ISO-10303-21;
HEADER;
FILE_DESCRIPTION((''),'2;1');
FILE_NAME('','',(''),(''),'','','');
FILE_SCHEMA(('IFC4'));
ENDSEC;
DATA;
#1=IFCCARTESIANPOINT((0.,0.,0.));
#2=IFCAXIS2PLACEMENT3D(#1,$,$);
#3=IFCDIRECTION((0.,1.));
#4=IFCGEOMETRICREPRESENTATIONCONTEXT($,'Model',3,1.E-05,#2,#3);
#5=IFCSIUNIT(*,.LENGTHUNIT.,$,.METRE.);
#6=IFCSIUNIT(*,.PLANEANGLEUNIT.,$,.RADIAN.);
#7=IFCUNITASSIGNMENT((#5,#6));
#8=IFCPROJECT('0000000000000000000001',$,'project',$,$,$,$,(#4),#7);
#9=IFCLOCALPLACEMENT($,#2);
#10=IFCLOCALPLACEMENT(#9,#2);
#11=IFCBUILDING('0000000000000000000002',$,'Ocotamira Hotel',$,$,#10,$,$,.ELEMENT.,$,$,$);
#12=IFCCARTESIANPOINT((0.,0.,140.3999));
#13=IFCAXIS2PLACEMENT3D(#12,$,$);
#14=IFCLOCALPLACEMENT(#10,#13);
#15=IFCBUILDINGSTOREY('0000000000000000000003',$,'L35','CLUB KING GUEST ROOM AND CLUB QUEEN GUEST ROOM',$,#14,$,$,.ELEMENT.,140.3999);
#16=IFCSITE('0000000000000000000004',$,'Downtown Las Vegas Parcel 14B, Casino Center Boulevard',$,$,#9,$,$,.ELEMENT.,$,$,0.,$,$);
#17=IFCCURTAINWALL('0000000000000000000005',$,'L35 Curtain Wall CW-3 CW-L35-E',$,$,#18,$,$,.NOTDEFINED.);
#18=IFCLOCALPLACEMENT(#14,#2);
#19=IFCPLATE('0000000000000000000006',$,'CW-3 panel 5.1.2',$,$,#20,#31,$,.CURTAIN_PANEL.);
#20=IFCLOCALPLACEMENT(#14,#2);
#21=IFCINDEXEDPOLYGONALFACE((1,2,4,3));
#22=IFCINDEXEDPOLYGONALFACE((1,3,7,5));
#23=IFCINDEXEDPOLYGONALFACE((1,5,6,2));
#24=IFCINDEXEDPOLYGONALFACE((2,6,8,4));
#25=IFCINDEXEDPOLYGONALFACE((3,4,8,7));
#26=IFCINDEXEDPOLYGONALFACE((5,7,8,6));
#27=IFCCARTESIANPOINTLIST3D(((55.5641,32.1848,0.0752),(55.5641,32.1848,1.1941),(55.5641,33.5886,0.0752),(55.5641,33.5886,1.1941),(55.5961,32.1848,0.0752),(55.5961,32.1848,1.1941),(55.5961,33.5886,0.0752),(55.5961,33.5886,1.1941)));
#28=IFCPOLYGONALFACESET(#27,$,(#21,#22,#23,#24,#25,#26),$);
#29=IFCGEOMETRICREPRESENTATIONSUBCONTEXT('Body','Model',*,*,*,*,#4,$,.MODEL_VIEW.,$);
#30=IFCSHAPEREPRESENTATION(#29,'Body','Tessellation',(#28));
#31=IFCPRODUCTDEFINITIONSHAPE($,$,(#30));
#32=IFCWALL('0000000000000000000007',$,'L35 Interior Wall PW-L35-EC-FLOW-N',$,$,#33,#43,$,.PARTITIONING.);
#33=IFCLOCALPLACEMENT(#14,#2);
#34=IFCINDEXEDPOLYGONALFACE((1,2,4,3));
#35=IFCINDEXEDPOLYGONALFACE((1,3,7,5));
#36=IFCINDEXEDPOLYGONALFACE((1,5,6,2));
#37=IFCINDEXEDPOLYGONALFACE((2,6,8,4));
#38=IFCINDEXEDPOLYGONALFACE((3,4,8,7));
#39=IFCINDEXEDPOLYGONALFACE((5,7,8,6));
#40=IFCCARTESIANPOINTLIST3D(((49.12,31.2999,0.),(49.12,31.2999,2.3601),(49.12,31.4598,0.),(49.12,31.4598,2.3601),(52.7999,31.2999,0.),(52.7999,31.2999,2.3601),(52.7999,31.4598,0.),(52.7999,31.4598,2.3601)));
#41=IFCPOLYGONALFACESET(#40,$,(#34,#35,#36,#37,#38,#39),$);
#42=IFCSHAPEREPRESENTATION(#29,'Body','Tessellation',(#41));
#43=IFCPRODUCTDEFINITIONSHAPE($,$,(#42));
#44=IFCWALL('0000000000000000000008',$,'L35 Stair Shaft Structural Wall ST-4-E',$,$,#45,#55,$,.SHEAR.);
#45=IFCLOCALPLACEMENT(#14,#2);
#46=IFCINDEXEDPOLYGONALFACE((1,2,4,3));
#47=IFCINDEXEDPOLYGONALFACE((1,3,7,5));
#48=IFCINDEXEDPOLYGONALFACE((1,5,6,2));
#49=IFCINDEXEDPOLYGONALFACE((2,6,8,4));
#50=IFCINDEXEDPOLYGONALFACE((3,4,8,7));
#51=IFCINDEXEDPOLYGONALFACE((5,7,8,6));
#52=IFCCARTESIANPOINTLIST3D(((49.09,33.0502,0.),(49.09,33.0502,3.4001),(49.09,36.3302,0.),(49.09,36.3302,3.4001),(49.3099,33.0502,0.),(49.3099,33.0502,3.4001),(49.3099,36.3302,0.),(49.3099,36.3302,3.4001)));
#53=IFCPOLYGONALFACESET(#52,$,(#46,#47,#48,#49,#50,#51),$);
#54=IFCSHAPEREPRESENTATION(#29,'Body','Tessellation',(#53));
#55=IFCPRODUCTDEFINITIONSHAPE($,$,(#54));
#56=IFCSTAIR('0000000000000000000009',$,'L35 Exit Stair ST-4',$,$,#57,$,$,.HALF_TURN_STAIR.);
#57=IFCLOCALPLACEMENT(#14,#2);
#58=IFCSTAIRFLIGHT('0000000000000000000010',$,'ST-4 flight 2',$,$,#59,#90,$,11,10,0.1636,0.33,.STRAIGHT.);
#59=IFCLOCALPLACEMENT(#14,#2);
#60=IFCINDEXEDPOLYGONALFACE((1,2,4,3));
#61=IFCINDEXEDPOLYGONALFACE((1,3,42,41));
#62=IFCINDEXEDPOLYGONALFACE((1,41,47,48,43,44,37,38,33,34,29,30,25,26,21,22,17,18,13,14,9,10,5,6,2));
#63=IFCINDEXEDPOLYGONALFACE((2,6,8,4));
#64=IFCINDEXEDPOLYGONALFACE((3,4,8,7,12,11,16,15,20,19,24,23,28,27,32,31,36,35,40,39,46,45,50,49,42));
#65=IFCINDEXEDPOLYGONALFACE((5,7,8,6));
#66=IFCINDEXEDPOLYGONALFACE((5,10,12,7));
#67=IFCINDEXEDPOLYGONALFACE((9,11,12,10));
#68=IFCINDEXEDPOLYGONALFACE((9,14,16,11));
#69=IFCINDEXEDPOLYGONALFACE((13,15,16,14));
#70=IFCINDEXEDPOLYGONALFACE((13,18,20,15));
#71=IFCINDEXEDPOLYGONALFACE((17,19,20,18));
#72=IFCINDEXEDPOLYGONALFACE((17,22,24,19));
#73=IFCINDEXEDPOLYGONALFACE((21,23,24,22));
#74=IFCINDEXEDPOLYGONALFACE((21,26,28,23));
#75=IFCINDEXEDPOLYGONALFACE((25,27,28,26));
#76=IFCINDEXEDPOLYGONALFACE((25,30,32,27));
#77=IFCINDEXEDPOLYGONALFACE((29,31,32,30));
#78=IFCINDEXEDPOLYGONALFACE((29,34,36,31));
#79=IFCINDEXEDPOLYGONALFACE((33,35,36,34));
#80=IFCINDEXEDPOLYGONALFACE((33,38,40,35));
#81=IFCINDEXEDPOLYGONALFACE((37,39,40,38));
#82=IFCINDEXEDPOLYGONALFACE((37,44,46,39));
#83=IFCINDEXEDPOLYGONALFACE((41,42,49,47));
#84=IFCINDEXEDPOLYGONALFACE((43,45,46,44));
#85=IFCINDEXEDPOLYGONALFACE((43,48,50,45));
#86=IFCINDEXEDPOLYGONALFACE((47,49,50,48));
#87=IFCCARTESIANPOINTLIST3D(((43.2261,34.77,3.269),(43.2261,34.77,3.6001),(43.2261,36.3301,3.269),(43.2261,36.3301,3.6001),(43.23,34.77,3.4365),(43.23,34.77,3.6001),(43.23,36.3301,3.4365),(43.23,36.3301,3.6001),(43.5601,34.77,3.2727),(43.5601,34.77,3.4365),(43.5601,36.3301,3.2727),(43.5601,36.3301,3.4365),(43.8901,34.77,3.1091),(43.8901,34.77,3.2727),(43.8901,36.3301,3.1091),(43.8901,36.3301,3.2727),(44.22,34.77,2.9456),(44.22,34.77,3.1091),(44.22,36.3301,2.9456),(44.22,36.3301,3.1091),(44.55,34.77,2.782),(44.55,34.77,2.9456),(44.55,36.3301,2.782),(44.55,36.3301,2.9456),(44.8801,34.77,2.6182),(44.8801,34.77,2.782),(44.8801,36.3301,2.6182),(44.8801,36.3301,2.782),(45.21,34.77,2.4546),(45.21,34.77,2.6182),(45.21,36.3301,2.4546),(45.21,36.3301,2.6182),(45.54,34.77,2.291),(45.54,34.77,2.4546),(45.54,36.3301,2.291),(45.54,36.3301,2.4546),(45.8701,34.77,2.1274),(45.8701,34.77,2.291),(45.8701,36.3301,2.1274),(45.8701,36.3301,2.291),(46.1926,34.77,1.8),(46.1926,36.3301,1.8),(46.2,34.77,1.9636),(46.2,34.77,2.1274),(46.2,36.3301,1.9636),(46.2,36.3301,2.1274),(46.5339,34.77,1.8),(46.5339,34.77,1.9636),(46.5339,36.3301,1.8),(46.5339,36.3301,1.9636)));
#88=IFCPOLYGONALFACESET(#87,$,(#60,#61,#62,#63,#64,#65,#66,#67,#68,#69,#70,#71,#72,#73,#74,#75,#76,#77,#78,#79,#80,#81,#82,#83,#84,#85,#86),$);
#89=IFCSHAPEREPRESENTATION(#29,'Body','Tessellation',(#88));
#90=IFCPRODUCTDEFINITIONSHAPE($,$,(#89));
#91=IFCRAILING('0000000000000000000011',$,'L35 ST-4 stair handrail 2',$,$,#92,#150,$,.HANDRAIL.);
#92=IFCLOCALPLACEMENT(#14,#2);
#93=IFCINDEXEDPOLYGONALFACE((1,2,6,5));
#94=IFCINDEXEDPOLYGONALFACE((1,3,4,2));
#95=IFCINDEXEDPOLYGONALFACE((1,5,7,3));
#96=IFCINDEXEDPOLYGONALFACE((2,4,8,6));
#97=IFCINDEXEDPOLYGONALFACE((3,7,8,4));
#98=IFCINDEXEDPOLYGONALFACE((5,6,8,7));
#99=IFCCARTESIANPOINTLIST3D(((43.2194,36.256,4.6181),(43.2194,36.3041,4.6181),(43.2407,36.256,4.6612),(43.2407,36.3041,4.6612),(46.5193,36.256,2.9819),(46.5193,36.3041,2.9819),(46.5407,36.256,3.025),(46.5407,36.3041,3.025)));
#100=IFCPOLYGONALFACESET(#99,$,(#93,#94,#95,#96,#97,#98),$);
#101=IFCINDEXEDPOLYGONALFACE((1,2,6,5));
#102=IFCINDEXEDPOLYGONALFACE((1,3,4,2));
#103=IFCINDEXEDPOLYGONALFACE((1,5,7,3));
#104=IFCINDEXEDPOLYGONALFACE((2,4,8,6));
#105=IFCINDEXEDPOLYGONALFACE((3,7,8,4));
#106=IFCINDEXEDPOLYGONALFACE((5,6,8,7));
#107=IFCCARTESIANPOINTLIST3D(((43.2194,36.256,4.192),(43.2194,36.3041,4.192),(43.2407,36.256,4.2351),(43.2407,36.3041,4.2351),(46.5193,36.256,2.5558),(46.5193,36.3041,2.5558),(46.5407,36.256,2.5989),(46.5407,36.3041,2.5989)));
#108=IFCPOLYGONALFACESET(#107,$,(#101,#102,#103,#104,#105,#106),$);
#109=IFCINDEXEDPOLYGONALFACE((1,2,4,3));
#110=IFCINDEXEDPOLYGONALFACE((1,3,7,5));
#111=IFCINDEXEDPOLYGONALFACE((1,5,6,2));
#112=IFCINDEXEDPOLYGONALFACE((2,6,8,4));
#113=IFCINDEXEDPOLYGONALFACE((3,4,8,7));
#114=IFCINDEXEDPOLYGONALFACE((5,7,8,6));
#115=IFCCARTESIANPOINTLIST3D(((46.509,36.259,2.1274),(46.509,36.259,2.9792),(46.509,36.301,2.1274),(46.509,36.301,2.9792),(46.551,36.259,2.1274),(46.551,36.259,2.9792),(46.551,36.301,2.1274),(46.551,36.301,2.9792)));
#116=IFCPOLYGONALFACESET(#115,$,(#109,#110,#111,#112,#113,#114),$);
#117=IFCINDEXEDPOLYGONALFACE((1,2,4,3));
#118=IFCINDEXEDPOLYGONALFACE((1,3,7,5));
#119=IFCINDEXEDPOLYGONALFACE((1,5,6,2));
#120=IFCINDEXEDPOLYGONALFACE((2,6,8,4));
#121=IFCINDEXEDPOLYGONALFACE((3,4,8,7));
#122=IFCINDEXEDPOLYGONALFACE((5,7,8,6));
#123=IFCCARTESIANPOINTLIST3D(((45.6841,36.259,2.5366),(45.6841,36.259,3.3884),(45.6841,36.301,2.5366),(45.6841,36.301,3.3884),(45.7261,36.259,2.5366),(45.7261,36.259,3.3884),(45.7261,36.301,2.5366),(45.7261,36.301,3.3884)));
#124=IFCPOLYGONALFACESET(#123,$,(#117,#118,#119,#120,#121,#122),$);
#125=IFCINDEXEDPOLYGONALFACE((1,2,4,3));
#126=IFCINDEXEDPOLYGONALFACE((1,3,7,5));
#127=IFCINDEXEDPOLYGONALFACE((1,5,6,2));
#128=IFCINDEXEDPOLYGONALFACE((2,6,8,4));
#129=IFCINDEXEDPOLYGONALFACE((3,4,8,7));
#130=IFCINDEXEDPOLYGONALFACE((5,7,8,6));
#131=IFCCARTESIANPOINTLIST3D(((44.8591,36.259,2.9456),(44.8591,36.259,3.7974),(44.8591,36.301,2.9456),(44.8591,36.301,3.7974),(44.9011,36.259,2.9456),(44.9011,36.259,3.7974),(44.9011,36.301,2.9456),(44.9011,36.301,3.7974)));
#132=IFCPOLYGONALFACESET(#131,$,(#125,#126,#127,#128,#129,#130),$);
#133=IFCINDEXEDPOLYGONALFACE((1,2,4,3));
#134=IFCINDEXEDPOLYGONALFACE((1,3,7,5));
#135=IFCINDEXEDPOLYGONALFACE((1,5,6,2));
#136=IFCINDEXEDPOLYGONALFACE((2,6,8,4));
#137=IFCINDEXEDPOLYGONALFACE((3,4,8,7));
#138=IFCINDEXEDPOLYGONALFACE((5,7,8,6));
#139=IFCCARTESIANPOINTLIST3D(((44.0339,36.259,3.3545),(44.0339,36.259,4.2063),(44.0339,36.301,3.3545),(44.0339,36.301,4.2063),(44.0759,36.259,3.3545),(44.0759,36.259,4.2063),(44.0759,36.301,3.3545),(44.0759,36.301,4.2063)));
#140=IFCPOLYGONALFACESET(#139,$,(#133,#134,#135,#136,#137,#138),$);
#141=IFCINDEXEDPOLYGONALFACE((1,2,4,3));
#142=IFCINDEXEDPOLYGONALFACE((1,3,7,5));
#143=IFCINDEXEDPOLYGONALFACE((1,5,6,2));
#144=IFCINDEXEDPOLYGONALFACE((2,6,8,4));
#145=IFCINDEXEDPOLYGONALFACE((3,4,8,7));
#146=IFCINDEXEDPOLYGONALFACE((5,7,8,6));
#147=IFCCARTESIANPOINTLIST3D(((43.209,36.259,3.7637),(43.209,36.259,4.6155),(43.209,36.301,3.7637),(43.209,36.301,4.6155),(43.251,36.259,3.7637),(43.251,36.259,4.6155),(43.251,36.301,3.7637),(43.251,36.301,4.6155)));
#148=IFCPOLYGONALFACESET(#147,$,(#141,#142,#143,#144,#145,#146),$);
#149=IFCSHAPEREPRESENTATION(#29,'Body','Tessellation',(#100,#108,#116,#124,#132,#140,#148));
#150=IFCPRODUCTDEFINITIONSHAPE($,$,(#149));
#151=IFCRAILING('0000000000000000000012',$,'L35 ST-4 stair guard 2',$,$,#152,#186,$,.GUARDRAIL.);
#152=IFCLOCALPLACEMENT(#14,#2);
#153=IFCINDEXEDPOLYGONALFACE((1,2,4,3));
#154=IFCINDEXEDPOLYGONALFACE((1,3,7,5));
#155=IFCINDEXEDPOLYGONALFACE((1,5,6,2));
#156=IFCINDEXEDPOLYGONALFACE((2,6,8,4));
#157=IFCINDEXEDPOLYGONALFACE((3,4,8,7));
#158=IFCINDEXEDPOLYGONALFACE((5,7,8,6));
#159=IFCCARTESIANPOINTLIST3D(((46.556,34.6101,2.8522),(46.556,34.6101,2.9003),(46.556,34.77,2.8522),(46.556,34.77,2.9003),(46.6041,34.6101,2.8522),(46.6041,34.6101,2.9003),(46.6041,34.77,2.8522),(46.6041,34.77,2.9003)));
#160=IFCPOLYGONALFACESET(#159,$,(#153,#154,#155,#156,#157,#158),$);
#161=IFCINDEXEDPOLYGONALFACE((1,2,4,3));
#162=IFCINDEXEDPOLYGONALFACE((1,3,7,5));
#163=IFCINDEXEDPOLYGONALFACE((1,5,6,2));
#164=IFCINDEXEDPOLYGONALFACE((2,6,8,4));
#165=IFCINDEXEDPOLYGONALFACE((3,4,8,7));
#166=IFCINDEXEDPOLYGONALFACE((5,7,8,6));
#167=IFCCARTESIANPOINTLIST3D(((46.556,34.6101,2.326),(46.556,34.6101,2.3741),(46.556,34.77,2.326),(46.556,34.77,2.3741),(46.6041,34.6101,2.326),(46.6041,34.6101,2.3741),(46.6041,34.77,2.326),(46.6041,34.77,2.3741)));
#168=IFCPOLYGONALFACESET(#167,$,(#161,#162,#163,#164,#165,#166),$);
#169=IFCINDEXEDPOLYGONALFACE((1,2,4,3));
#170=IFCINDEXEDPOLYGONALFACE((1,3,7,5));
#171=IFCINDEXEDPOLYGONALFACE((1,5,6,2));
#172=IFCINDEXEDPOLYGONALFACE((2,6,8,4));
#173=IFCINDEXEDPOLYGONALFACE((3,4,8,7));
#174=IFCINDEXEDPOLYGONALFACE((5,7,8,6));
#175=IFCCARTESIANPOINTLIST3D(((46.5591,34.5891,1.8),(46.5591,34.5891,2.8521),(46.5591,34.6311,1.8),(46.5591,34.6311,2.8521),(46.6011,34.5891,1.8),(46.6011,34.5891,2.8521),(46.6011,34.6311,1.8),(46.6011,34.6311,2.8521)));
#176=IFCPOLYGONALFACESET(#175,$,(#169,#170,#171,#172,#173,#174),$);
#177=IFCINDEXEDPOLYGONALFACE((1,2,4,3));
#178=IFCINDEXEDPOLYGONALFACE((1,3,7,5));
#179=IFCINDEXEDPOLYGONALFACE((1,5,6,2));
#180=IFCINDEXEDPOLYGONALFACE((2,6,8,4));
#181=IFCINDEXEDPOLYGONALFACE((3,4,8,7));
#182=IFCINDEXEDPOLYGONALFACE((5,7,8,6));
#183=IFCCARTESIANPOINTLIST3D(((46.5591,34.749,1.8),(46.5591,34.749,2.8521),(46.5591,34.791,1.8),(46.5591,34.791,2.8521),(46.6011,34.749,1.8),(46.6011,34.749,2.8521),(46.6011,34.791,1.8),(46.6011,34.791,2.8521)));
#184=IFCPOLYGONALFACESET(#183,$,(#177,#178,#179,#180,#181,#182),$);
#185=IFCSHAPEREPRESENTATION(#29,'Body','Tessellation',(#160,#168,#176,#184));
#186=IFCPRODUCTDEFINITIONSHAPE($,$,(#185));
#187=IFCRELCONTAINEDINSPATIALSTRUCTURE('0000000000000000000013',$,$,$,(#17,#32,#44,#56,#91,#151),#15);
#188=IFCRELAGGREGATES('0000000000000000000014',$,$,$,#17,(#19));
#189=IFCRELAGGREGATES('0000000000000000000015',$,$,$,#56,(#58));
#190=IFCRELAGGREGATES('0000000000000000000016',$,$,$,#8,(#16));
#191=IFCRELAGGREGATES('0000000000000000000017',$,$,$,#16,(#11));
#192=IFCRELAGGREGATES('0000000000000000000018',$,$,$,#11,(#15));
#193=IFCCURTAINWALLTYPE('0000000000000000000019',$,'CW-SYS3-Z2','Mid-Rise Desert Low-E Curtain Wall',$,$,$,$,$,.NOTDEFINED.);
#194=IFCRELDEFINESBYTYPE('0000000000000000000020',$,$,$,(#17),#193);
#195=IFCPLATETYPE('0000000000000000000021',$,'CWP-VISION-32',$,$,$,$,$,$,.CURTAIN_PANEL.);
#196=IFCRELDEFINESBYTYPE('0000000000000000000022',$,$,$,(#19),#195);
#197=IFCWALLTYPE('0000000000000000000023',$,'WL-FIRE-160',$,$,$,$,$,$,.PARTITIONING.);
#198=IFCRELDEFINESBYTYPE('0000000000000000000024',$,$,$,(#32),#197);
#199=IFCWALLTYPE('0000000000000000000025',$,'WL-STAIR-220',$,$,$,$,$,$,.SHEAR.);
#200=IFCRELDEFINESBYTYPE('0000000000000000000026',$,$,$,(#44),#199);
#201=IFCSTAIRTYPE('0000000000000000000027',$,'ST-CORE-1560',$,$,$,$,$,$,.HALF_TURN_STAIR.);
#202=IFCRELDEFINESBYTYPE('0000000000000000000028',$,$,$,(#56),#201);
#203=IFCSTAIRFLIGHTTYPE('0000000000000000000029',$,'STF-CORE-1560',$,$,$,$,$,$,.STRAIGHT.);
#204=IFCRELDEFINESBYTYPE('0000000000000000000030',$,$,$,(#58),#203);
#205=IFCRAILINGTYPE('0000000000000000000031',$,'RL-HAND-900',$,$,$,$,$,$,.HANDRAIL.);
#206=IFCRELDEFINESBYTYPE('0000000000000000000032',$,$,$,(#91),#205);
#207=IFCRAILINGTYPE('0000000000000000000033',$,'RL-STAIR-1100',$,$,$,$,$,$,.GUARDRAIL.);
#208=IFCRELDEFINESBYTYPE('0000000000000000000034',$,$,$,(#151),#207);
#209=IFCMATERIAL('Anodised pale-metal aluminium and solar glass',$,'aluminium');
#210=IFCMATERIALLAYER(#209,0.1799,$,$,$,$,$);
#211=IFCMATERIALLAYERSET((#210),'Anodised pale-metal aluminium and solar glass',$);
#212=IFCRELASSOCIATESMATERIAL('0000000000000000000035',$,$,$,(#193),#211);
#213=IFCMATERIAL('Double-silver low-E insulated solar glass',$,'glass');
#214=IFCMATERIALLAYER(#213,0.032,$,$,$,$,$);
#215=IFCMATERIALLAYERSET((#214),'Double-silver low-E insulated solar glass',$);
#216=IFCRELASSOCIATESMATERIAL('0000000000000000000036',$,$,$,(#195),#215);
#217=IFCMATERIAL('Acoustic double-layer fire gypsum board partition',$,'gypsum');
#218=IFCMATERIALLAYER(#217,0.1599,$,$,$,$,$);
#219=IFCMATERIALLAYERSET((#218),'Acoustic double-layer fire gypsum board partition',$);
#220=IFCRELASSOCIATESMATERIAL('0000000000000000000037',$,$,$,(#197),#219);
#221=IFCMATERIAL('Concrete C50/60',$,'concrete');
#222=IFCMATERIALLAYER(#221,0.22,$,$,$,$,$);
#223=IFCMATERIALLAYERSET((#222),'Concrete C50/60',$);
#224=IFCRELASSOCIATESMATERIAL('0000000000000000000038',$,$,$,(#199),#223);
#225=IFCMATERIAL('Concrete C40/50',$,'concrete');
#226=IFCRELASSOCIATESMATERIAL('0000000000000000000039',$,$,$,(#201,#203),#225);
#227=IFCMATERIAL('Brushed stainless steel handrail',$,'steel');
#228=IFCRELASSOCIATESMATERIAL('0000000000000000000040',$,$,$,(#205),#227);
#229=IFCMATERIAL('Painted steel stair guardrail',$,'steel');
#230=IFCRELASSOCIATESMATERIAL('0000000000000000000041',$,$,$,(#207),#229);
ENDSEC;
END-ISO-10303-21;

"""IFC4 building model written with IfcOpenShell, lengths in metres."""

from ifc_helpers import new_model, si_unit, direction, frame, frame_2d, origin, origin_2d, place, context, subcontext, project, spatial, polyline, rectangle, outline, extrude, source, transform, mapped, material, layer, layer_set, type_object, element, aggregate, save


model = new_model("IFC4")

# Units and contexts
model_context = context("Model", 3, precision=1e-05, world=origin(), true_north=direction((0.0, 1.0)))
body_context = subcontext(model_context, "Body", "Model", "MODEL_VIEW")
ifc_project = project(units=[si_unit("LENGTHUNIT", "METRE"), si_unit("PLANEANGLEUNIT", "RADIAN")], contexts=[model_context])

# Site, building, storey
site_placement = place(None, origin())
site = spatial("IfcSite", under=ifc_project, at=site_placement, Name="Downtown Las Vegas Parcel 14B, Casino Center Boulevard", CompositionType="ELEMENT", RefElevation=0.0)
building_placement = place(site_placement, origin())
building = spatial("IfcBuilding", under=site, at=building_placement, Name="Ocotamira Hotel", CompositionType="ELEMENT")
storey_placement = place(building_placement, frame((0.0, 0.0, 140.3999)))
storey = spatial("IfcBuildingStorey", under=building, at=storey_placement, Name="L35", Description="CLUB KING GUEST ROOM AND CLUB QUEEN GUEST ROOM", CompositionType="ELEMENT", Elevation=140.3999)

# Curtain wall
ifc_material_1 = material(Name="Anodised pale-metal aluminium and solar glass", Category="aluminium")
ifc_layer_1 = layer(ifc_material_1, 0.1799)
ifc_layer_set_1 = layer_set([ifc_layer_1], Name="Anodised pale-metal aluminium and solar glass")
curtain_wall_type = type_object("IfcCurtainWallType", Name="CW-SYS3-Z2", Description="Mid-Rise Desert Low-E Curtain Wall", PredefinedType="NOTDEFINED", material=ifc_layer_set_1)
curtain_wall_placement = place(storey_placement, origin())
curtain_wall = element("IfcCurtainWall", 1, at=curtain_wall_placement, inside=storey, type_object=curtain_wall_type, Name="L35 Curtain Wall CW-3 CW-L35-E", PredefinedType="NOTDEFINED")

# Plate
ifc_material_2 = material(Name="Double-silver low-E insulated solar glass", Category="glass")
ifc_layer_2 = layer(ifc_material_2, 0.032)
ifc_layer_set_2 = layer_set([ifc_layer_2], Name="Double-silver low-E insulated solar glass")
plate_type_1 = type_object("IfcPlateType", Name="CWP-VISION-32", PredefinedType="CURTAIN_PANEL", material=ifc_layer_set_2)
shared_shape_1 = source(origin(), body_context, "Body", "SweptSolid", [
    extrude(rectangle(XDim=1.4038, YDim=0.032, at=origin_2d()), origin(), (0.0, 0.0, 1.0), 1.1189),
])
plate_1_placement = place(storey_placement, frame((55.5801, 32.8867, 0.0752), z_axis=(0.0, 0.0, 1.0), x_axis=(0.0, 1.0, 0.0)))
plate_1 = element("IfcPlate", 2, at=plate_1_placement, type_object=plate_type_1, Name="CW-3 panel 5.1.2", PredefinedType="CURTAIN_PANEL", context=body_context, shape_type="MappedRepresentation", body=[
    mapped(shared_shape_1, transform((0.0, 0.0, 0.0), scale=1.0)),
])
aggregate(curtain_wall, [plate_1])

# Wall
ifc_material_3 = material(Name="Acoustic double-layer fire gypsum board partition", Category="gypsum")
ifc_layer_3 = layer(ifc_material_3, 0.1599)
ifc_layer_set_3 = layer_set([ifc_layer_3], Name="Acoustic double-layer fire gypsum board partition")
wall_type_1 = type_object("IfcWallType", Name="WL-FIRE-160", PredefinedType="PARTITIONING", material=ifc_layer_set_3)
wall_1_placement = place(storey_placement, frame((49.1201, 31.3799, 0.0), z_axis=(0.0, 0.0, 1.0), x_axis=(1.0, 0.0, 0.0)))
element("IfcWall", 3, at=wall_1_placement, inside=storey, type_object=wall_type_1, Name="L35 Interior Wall PW-L35-EC-FLOW-N", PredefinedType="PARTITIONING", context=body_context, shape_type="SweptSolid", body=[
    extrude(rectangle(XDim=3.6799, YDim=0.1599, at=frame_2d((1.8398, 0.0))), origin(), (0.0, 0.0, 1.0), 2.3601),
])

# Wall
ifc_material_4 = material(Name="Concrete C50/60", Category="concrete")
ifc_layer_4 = layer(ifc_material_4, 0.22)
ifc_layer_set_4 = layer_set([ifc_layer_4], Name="Concrete C50/60")
wall_type_2 = type_object("IfcWallType", Name="WL-STAIR-220", PredefinedType="SHEAR", material=ifc_layer_set_4)
wall_2_placement = place(storey_placement, frame((49.2, 33.05, 0.0), z_axis=(0.0, 0.0, 1.0), x_axis=(0.0, 1.0, 0.0)))
element("IfcWall", 4, at=wall_2_placement, inside=storey, type_object=wall_type_2, Name="L35 Stair Shaft Structural Wall ST-4-E", PredefinedType="SHEAR", context=body_context, shape_type="SweptSolid", body=[
    extrude(rectangle(XDim=3.28, YDim=0.22, at=frame_2d((1.6401, 0.0))), origin(), (0.0, 0.0, 1.0), 3.4001),
])

# Stair, stair flight
ifc_material_5 = material(Name="Concrete C40/50", Category="concrete")
stair_type = type_object("IfcStairType", Name="ST-CORE-1560", PredefinedType="HALF_TURN_STAIR", material=ifc_material_5)
stair_placement = place(storey_placement, origin())
stair = element("IfcStair", 5, at=stair_placement, inside=storey, type_object=stair_type, Name="L35 Exit Stair ST-4", PredefinedType="HALF_TURN_STAIR")
stair_flight_type = type_object("IfcStairFlightType", Name="STF-CORE-1560", PredefinedType="STRAIGHT", material=ifc_material_5)
shared_shape_2 = source(origin(), body_context, "Body", "SweptSolid", [
    extrude(outline(polyline([(-0.0039, 0.0), (-0.0039, 0.1636), (0.3301, 0.1636), (0.3301, 0.3274), (0.6599, 0.3274), (0.6599, 0.491), (0.99, 0.491), (0.99, 0.6545), (1.3201, 0.6545), (1.3201, 0.8181), (1.6499, 0.8181), (1.6499, 0.9819), (1.98, 0.9819), (1.98, 1.1455), (2.3101, 1.1455), (2.3101, 1.3091), (2.6399, 1.3091), (2.6399, 1.4727), (2.97, 1.4727), (2.97, 1.6365), (3.3, 1.6365), (3.3, 1.8), (3.304, 1.8), (3.304, 1.469), (0.3374, 0.0), (-0.0039, 0.0)])), frame((0.0, 0.78, 0.0), z_axis=(0.0, -1.0, 0.0), x_axis=(1.0, 0.0, 0.0)), (0.0, 0.0, 1.0), 1.5601),
])
stair_flight_placement = place(storey_placement, frame((46.53, 35.55, 1.8), z_axis=(0.0, 0.0, 1.0), x_axis=(-1.0, 0.0, 0.0)))
stair_flight = element("IfcStairFlight", 6, at=stair_flight_placement, type_object=stair_flight_type, Name="ST-4 flight 2", NumberOfRisers=11, NumberOfTreads=10, PredefinedType="STRAIGHT", RiserHeight=0.1636, TreadLength=0.33, context=body_context, shape_type="MappedRepresentation", body=[
    mapped(shared_shape_2, transform((0.0, 0.0, 0.0), scale=1.0)),
])
aggregate(stair, [stair_flight])

# Railings
ifc_material_6 = material(Name="Brushed stainless steel handrail", Category="steel")
railing_type_1 = type_object("IfcRailingType", Name="RL-HAND-900", PredefinedType="HANDRAIL", material=ifc_material_6)
railing_1_placement = place(storey_placement, frame((46.53, 36.28, 2.1274)))
element("IfcRailing", 7, at=railing_1_placement, inside=storey, type_object=railing_type_1, Name="L35 ST-4 stair handrail 2", PredefinedType="HANDRAIL", context=body_context, shape_type="SweptSolid", body=[
    extrude(rectangle(XDim=0.0481, YDim=0.0481, at=origin_2d()), frame((0.0, 0.0, 0.876), z_axis=(-0.89592, 0.0, 0.444215), x_axis=(0.0, -1.0, 0.0)), (0.0, 0.0, 1.0), 3.6833),
    extrude(rectangle(XDim=0.0481, YDim=0.0481, at=origin_2d()), frame((0.0, 0.0, 0.45), z_axis=(-0.89592, 0.0, 0.444215), x_axis=(0.0, -1.0, 0.0)), (0.0, 0.0, 1.0), 3.6833),
    extrude(rectangle(XDim=0.042, YDim=0.042, at=origin_2d()), origin(), (0.0, 0.0, 1.0), 0.8518),
    extrude(rectangle(XDim=0.042, YDim=0.042, at=origin_2d()), frame((-0.825, 0.0, 0.4092)), (0.0, 0.0, 1.0), 0.8518),
    extrude(rectangle(XDim=0.042, YDim=0.042, at=origin_2d()), frame((-1.6499, 0.0, 0.8181)), (0.0, 0.0, 1.0), 0.8518),
    extrude(rectangle(XDim=0.042, YDim=0.042, at=origin_2d()), frame((-2.4751, 0.0, 1.2271)), (0.0, 0.0, 1.0), 0.8518),
    extrude(rectangle(XDim=0.042, YDim=0.042, at=origin_2d()), frame((-3.3, 0.0, 1.6362)), (0.0, 0.0, 1.0), 0.8518),
])
ifc_material_7 = material(Name="Painted steel stair guardrail", Category="steel")
railing_type_2 = type_object("IfcRailingType", Name="RL-STAIR-1100", PredefinedType="GUARDRAIL", material=ifc_material_7)
railing_2_placement = place(storey_placement, frame((46.5801, 34.6101, 1.8)))
element("IfcRailing", 8, at=railing_2_placement, inside=storey, type_object=railing_type_2, Name="L35 ST-4 stair guard 2", PredefinedType="GUARDRAIL", context=body_context, shape_type="SweptSolid", body=[
    extrude(rectangle(XDim=0.0481, YDim=0.0481, at=origin_2d()), frame((0.0, 0.0, 1.0762), z_axis=(0.0, 1.0, 0.0), x_axis=(-1.0, 0.0, 0.0)), (0.0, 0.0, 1.0), 0.1599),
    extrude(rectangle(XDim=0.0481, YDim=0.0481, at=origin_2d()), frame((0.0, 0.0, 0.55), z_axis=(0.0, 1.0, 0.0), x_axis=(-1.0, 0.0, 0.0)), (0.0, 0.0, 1.0), 0.1599),
    extrude(rectangle(XDim=0.042, YDim=0.042, at=origin_2d()), origin(), (0.0, 0.0, 1.0), 1.052),
    extrude(rectangle(XDim=0.042, YDim=0.042, at=origin_2d()), frame((0.0, 0.1599, 0.0)), (0.0, 0.0, 1.0), 1.052),
])

save(model, "model.ifc")
